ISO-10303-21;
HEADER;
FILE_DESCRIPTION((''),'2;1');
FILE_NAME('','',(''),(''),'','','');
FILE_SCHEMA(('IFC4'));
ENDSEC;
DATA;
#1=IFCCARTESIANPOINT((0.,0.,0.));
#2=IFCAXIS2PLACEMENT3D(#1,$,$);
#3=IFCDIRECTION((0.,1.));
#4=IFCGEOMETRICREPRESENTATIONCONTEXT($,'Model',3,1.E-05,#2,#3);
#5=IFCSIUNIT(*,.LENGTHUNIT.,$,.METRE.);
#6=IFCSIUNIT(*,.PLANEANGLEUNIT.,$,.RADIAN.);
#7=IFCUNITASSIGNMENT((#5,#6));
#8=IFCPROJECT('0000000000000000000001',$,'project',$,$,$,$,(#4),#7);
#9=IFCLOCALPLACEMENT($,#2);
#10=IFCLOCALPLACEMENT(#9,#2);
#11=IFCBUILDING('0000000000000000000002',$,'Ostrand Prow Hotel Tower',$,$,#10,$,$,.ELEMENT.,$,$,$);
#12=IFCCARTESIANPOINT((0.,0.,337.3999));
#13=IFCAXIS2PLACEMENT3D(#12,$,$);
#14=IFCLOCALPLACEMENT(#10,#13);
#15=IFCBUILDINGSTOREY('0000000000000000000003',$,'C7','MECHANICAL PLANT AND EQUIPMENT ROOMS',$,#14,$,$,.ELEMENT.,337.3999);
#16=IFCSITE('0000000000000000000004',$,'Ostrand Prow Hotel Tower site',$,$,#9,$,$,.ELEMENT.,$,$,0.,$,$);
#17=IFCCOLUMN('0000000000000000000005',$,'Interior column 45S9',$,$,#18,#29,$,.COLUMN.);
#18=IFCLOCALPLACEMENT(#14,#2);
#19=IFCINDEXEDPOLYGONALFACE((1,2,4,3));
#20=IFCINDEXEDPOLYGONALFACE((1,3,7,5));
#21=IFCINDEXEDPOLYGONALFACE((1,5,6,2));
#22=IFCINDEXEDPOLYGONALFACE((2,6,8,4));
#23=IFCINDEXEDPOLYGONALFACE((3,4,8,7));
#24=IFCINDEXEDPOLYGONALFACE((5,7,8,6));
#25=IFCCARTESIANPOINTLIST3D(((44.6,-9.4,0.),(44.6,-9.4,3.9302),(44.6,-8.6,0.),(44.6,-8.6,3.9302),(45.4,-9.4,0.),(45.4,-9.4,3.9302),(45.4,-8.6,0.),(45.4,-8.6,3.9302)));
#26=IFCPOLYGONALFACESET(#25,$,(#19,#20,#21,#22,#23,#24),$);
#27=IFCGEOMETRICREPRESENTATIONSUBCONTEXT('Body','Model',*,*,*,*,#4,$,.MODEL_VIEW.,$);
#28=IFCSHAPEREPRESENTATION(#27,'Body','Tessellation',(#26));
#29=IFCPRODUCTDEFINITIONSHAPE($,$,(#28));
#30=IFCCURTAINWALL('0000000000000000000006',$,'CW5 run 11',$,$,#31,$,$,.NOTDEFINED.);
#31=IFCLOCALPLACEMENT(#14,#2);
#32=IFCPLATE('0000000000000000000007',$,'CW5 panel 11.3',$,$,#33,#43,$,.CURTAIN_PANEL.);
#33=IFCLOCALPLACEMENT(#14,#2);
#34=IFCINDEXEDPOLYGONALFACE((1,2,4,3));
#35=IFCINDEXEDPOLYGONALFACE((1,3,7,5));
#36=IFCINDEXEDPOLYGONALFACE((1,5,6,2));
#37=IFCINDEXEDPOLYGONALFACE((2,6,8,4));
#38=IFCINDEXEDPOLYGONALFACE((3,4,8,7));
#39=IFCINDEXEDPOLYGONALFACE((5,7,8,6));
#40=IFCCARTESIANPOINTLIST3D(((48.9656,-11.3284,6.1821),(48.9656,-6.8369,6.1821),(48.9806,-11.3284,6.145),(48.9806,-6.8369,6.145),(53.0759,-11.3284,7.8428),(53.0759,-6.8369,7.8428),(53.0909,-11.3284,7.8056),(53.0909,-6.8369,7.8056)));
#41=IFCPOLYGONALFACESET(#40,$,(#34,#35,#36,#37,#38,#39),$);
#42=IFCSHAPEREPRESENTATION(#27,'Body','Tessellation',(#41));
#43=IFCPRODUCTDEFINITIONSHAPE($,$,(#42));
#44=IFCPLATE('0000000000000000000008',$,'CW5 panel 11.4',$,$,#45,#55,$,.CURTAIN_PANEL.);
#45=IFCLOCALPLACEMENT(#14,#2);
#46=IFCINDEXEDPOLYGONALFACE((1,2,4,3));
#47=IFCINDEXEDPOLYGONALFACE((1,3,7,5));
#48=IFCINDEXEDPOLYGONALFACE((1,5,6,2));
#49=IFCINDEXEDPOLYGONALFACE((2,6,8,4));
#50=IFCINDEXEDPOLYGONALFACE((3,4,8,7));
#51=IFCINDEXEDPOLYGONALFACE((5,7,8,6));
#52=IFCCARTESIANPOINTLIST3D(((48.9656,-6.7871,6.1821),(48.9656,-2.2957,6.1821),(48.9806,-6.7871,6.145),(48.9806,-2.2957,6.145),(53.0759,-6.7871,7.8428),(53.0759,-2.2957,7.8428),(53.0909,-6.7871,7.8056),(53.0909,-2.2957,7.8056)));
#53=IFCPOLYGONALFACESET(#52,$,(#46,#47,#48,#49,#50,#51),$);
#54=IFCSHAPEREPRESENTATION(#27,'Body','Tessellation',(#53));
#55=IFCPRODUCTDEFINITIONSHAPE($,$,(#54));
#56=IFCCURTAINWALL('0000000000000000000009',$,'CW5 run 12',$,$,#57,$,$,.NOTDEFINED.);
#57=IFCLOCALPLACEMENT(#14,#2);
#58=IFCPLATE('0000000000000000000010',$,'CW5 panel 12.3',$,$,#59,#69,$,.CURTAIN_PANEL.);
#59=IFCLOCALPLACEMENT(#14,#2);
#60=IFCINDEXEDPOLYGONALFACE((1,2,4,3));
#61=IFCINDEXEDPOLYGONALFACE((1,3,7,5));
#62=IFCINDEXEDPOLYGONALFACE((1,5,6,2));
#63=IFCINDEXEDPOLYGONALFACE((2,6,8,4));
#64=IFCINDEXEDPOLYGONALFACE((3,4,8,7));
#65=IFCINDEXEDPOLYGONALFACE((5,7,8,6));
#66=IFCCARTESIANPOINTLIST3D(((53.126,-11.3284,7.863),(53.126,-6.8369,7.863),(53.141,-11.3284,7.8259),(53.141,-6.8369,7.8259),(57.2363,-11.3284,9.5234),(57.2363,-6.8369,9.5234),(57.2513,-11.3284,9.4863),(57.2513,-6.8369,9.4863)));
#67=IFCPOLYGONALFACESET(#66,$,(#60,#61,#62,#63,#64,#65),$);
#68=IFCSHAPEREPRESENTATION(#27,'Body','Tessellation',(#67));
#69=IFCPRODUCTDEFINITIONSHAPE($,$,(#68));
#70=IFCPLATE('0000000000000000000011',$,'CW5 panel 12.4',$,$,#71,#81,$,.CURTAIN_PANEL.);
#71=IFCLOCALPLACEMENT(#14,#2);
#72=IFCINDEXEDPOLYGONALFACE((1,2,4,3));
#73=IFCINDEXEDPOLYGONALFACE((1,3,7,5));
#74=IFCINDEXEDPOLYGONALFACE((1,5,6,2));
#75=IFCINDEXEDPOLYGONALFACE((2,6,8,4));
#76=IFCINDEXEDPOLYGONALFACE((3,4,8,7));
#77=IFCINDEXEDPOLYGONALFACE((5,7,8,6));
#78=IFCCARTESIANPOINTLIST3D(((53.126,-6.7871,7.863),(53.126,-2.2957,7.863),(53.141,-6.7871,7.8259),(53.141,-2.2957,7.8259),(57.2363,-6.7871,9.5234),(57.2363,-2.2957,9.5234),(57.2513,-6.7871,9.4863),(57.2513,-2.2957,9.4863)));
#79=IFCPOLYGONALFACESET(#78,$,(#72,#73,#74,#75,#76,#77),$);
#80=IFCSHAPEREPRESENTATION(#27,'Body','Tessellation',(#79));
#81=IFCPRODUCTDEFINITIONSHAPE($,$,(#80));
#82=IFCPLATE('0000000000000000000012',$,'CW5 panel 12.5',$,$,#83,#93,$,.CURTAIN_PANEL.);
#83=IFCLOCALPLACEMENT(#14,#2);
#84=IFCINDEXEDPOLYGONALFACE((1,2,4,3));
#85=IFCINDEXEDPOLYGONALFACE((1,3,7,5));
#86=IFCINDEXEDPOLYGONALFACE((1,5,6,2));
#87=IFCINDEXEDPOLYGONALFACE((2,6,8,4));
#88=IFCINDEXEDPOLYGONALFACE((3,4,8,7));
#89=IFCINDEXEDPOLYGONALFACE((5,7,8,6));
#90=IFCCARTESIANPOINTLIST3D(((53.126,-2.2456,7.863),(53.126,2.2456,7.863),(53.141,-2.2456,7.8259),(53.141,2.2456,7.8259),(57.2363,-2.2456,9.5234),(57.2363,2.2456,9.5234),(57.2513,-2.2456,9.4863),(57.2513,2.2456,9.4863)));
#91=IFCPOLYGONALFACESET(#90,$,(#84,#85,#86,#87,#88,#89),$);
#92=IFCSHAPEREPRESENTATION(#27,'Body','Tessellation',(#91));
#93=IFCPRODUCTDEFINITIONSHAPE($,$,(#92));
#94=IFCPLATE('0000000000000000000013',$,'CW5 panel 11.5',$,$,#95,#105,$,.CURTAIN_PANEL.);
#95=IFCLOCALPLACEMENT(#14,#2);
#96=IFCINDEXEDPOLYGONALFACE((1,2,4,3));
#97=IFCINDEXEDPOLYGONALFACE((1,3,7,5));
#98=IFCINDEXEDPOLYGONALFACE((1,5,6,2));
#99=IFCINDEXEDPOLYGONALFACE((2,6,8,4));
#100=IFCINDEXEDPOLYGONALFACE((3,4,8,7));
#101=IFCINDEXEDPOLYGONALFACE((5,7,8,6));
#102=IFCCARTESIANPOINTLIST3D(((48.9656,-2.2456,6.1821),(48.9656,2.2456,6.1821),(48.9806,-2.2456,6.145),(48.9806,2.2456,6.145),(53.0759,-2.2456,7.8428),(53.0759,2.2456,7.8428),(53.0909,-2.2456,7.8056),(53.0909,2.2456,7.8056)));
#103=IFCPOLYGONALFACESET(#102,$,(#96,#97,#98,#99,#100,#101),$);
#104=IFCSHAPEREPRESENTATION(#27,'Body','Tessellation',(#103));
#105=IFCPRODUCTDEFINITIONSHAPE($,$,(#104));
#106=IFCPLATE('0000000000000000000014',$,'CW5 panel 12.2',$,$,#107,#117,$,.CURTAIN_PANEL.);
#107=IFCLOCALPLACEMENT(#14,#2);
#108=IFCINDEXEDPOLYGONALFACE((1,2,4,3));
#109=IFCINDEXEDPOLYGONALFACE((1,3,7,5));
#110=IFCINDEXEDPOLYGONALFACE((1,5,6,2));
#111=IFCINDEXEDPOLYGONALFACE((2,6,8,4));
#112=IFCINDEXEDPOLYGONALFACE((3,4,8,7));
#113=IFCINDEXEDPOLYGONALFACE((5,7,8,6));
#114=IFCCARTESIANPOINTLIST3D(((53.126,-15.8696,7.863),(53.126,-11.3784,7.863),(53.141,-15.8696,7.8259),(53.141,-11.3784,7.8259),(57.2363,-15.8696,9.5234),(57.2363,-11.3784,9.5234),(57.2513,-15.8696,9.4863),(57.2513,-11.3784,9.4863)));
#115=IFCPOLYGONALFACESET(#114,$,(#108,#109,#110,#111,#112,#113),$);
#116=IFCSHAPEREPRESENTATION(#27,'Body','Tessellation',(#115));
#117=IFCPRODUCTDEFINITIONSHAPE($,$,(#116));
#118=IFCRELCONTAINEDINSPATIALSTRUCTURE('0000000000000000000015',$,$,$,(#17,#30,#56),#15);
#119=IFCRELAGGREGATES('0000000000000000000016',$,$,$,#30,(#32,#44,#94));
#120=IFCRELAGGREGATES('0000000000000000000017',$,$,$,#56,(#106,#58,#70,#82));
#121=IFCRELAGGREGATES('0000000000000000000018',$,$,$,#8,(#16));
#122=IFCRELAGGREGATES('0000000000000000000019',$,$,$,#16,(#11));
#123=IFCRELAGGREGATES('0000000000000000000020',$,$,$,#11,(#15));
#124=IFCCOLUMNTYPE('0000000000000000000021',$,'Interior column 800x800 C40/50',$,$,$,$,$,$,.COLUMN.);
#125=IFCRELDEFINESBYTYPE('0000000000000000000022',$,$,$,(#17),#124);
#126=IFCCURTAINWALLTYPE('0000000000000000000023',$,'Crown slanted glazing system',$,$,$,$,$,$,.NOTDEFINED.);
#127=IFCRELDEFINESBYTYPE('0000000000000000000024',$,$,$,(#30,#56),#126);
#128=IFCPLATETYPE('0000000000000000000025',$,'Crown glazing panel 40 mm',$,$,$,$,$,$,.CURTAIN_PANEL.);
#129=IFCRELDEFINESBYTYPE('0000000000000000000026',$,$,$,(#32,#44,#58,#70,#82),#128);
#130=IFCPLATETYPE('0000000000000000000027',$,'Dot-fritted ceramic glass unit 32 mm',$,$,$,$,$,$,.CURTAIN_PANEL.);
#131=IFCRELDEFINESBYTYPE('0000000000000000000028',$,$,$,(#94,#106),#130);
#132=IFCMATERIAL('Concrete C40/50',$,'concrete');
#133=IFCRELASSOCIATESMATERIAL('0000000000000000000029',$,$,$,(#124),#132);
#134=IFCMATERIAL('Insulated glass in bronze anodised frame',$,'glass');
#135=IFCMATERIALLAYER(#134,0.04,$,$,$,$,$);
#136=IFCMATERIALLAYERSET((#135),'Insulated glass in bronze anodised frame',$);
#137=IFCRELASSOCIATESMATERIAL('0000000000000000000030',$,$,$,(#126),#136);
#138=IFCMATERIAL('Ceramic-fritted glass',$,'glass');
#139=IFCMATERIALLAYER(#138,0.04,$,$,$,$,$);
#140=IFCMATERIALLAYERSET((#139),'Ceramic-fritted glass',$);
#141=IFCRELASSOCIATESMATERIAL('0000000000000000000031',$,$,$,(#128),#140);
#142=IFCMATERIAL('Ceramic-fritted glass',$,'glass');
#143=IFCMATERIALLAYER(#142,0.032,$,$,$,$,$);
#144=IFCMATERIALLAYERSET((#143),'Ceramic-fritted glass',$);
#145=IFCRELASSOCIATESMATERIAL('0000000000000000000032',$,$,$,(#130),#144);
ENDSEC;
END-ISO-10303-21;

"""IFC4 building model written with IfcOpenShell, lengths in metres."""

from ifc_helpers import new_model, si_unit, direction, frame, origin, origin_2d, place, context, subcontext, project, spatial, polyline, rectangle, outline, extrude, material, layer, layer_set, material_profile, profile_set, type_object, element, aggregate, save


model = new_model("IFC4")

# Units and contexts
model_context = context("Model", 3, precision=1e-05, world=origin(), true_north=direction((0.0, 1.0)))
body_context = subcontext(model_context, "Body", "Model", "MODEL_VIEW")
ifc_project = project(units=[si_unit("LENGTHUNIT", "METRE"), si_unit("PLANEANGLEUNIT", "RADIAN")], contexts=[model_context])

# Site, building, storey
site_placement = place(None, origin())
site = spatial("IfcSite", under=ifc_project, at=site_placement, Name="Ostrand Prow Hotel Tower site", CompositionType="ELEMENT", RefElevation=0.0)
building_placement = place(site_placement, origin())
building = spatial("IfcBuilding", under=site, at=building_placement, Name="Ostrand Prow Hotel Tower", CompositionType="ELEMENT")
storey_placement = place(building_placement, frame((0.0, 0.0, 337.3999)))
storey = spatial("IfcBuildingStorey", under=building, at=storey_placement, Name="C7", Description="MECHANICAL PLANT AND EQUIPMENT ROOMS", CompositionType="ELEMENT", Elevation=337.3999)

# Column
ifc_material_1 = material(Name="Concrete C40/50", Category="concrete")
ifc_material_profile = material_profile(ifc_material_1, rectangle(XDim=0.8, YDim=0.8, at=origin_2d()), Name="RC 800x800")
ifc_profile_set = profile_set([ifc_material_profile], Name="Concrete C40/50")
column_type = type_object("IfcColumnType", Name="Interior column 800x800 C40/50", PredefinedType="COLUMN", material=ifc_profile_set)
column_placement = place(storey_placement, frame((45.0, -9.0, 0.0), z_axis=(0.0, 0.0, 1.0), x_axis=(1.0, 0.0, 0.0)))
element("IfcColumn", 1, at=column_placement, inside=storey, type_object=column_type, Name="Interior column 45S9", PredefinedType="COLUMN", context=body_context, shape_type="SweptSolid", body=[
    extrude(rectangle(XDim=0.8, YDim=0.8, at=origin_2d()), origin(), (0.0, 0.0, 1.0), 3.9302),
])

# Curtain walls, plates
ifc_material_2 = material(Name="Insulated glass in bronze anodised frame", Category="glass")
ifc_layer_1 = layer(ifc_material_2, 0.04)
ifc_layer_set_1 = layer_set([ifc_layer_1], Name="Insulated glass in bronze anodised frame")
curtain_wall_type = type_object("IfcCurtainWallType", Name="Crown slanted glazing system", PredefinedType="NOTDEFINED", material=ifc_layer_set_1)
curtain_wall_1_placement = place(storey_placement, origin())
curtain_wall_1 = element("IfcCurtainWall", 2, at=curtain_wall_1_placement, inside=storey, type_object=curtain_wall_type, Name="CW5 run 11", PredefinedType="NOTDEFINED")
ifc_material_3 = material(Name="Ceramic-fritted glass", Category="glass")
ifc_layer_2 = layer(ifc_material_3, 0.04)
ifc_layer_set_2 = layer_set([ifc_layer_2], Name="Ceramic-fritted glass")
plate_type_1 = type_object("IfcPlateType", Name="Crown glazing panel 40 mm", PredefinedType="CURTAIN_PANEL", material=ifc_layer_set_2)
plate_1_placement = place(storey_placement, frame((48.9656, -11.3284, 6.1821), z_axis=(-0.374598, 0.0, 0.927187), x_axis=(0.927187, 0.0, 0.374598)))
plate_1 = element("IfcPlate", 3, at=plate_1_placement, type_object=plate_type_1, Name="CW5 panel 11.3", PredefinedType="CURTAIN_PANEL", context=body_context, shape_type="SweptSolid", body=[
    extrude(outline(polyline([(0.0, 0.0), (4.4331, 0.0), (4.4331, 4.4915), (0.0, 4.4915), (0.0, 0.0)])), origin(), (0.0, 0.0, -1.0), 0.04),
])
plate_2_placement = place(storey_placement, frame((48.9656, -6.7871, 6.1821), z_axis=(-0.374598, 0.0, 0.927187), x_axis=(0.927187, 0.0, 0.374598)))
plate_2 = element("IfcPlate", 4, at=plate_2_placement, type_object=plate_type_1, Name="CW5 panel 11.4", PredefinedType="CURTAIN_PANEL", context=body_context, shape_type="SweptSolid", body=[
    extrude(outline(polyline([(0.0, 0.0), (4.4331, 0.0), (4.4331, 4.4915), (0.0, 4.4915), (0.0, 0.0)])), origin(), (0.0, 0.0, -1.0), 0.04),
])
curtain_wall_2_placement = place(storey_placement, origin())
curtain_wall_2 = element("IfcCurtainWall", 5, at=curtain_wall_2_placement, inside=storey, type_object=curtain_wall_type, Name="CW5 run 12", PredefinedType="NOTDEFINED")
plate_3_placement = place(storey_placement, frame((53.126, -11.3284, 7.863), z_axis=(-0.37455, 0.0, 0.927207), x_axis=(0.927207, 0.0, 0.37455)))
plate_3 = element("IfcPlate", 6, at=plate_3_placement, type_object=plate_type_1, Name="CW5 panel 12.3", PredefinedType="CURTAIN_PANEL", context=body_context, shape_type="SweptSolid", body=[
    extrude(outline(polyline([(0.0, 0.0), (4.433, 0.0), (4.433, 4.4915), (0.0, 4.4915), (0.0, 0.0)])), origin(), (0.0, 0.0, -1.0), 0.04),
])
plate_4_placement = place(storey_placement, frame((53.126, -6.7871, 7.863), z_axis=(-0.37455, 0.0, 0.927207), x_axis=(0.927207, 0.0, 0.37455)))
plate_4 = element("IfcPlate", 7, at=plate_4_placement, type_object=plate_type_1, Name="CW5 panel 12.4", PredefinedType="CURTAIN_PANEL", context=body_context, shape_type="SweptSolid", body=[
    extrude(outline(polyline([(0.0, 0.0), (4.433, 0.0), (4.433, 4.4915), (0.0, 4.4915), (0.0, 0.0)])), origin(), (0.0, 0.0, -1.0), 0.04),
])
plate_5_placement = place(storey_placement, frame((53.126, -2.2456, 7.863), z_axis=(-0.37455, 0.0, 0.927207), x_axis=(0.927207, 0.0, 0.37455)))
plate_5 = element("IfcPlate", 8, at=plate_5_placement, type_object=plate_type_1, Name="CW5 panel 12.5", PredefinedType="CURTAIN_PANEL", context=body_context, shape_type="SweptSolid", body=[
    extrude(outline(polyline([(0.0, 0.0), (4.433, 0.0), (4.433, 4.4912), (0.0, 4.4912), (0.0, 0.0)])), origin(), (0.0, 0.0, -1.0), 0.04),
])

# Plates
ifc_material_4 = material(Name="Ceramic-fritted glass", Category="glass")
ifc_layer_3 = layer(ifc_material_4, 0.032)
ifc_layer_set_3 = layer_set([ifc_layer_3], Name="Ceramic-fritted glass")
plate_type_2 = type_object("IfcPlateType", Name="Dot-fritted ceramic glass unit 32 mm", PredefinedType="CURTAIN_PANEL", material=ifc_layer_set_3)
plate_6_placement = place(storey_placement, frame((48.9656, -2.2456, 6.1821), z_axis=(-0.374598, 0.0, 0.927187), x_axis=(0.927187, 0.0, 0.374598)))
plate_6 = element("IfcPlate", 9, at=plate_6_placement, type_object=plate_type_2, Name="CW5 panel 11.5", PredefinedType="CURTAIN_PANEL", context=body_context, shape_type="SweptSolid", body=[
    extrude(outline(polyline([(0.0, 0.0), (4.4331, 0.0), (4.4331, 4.4912), (0.0, 4.4912), (0.0, 0.0)])), origin(), (0.0, 0.0, -1.0), 0.04),
])
aggregate(curtain_wall_1, [plate_1, plate_2, plate_6])
plate_7_placement = place(storey_placement, frame((53.126, -15.8696, 7.863), z_axis=(-0.37455, 0.0, 0.927207), x_axis=(0.927207, 0.0, 0.37455)))
plate_7 = element("IfcPlate", 10, at=plate_7_placement, type_object=plate_type_2, Name="CW5 panel 12.2", PredefinedType="CURTAIN_PANEL", context=body_context, shape_type="SweptSolid", body=[
    extrude(outline(polyline([(0.0, 0.0), (4.433, 0.0), (4.433, 4.4912), (0.0, 4.4912), (0.0, 0.0)])), origin(), (0.0, 0.0, -1.0), 0.04),
])
aggregate(curtain_wall_2, [plate_7, plate_3, plate_4, plate_5])

save(model, "model.ifc")
